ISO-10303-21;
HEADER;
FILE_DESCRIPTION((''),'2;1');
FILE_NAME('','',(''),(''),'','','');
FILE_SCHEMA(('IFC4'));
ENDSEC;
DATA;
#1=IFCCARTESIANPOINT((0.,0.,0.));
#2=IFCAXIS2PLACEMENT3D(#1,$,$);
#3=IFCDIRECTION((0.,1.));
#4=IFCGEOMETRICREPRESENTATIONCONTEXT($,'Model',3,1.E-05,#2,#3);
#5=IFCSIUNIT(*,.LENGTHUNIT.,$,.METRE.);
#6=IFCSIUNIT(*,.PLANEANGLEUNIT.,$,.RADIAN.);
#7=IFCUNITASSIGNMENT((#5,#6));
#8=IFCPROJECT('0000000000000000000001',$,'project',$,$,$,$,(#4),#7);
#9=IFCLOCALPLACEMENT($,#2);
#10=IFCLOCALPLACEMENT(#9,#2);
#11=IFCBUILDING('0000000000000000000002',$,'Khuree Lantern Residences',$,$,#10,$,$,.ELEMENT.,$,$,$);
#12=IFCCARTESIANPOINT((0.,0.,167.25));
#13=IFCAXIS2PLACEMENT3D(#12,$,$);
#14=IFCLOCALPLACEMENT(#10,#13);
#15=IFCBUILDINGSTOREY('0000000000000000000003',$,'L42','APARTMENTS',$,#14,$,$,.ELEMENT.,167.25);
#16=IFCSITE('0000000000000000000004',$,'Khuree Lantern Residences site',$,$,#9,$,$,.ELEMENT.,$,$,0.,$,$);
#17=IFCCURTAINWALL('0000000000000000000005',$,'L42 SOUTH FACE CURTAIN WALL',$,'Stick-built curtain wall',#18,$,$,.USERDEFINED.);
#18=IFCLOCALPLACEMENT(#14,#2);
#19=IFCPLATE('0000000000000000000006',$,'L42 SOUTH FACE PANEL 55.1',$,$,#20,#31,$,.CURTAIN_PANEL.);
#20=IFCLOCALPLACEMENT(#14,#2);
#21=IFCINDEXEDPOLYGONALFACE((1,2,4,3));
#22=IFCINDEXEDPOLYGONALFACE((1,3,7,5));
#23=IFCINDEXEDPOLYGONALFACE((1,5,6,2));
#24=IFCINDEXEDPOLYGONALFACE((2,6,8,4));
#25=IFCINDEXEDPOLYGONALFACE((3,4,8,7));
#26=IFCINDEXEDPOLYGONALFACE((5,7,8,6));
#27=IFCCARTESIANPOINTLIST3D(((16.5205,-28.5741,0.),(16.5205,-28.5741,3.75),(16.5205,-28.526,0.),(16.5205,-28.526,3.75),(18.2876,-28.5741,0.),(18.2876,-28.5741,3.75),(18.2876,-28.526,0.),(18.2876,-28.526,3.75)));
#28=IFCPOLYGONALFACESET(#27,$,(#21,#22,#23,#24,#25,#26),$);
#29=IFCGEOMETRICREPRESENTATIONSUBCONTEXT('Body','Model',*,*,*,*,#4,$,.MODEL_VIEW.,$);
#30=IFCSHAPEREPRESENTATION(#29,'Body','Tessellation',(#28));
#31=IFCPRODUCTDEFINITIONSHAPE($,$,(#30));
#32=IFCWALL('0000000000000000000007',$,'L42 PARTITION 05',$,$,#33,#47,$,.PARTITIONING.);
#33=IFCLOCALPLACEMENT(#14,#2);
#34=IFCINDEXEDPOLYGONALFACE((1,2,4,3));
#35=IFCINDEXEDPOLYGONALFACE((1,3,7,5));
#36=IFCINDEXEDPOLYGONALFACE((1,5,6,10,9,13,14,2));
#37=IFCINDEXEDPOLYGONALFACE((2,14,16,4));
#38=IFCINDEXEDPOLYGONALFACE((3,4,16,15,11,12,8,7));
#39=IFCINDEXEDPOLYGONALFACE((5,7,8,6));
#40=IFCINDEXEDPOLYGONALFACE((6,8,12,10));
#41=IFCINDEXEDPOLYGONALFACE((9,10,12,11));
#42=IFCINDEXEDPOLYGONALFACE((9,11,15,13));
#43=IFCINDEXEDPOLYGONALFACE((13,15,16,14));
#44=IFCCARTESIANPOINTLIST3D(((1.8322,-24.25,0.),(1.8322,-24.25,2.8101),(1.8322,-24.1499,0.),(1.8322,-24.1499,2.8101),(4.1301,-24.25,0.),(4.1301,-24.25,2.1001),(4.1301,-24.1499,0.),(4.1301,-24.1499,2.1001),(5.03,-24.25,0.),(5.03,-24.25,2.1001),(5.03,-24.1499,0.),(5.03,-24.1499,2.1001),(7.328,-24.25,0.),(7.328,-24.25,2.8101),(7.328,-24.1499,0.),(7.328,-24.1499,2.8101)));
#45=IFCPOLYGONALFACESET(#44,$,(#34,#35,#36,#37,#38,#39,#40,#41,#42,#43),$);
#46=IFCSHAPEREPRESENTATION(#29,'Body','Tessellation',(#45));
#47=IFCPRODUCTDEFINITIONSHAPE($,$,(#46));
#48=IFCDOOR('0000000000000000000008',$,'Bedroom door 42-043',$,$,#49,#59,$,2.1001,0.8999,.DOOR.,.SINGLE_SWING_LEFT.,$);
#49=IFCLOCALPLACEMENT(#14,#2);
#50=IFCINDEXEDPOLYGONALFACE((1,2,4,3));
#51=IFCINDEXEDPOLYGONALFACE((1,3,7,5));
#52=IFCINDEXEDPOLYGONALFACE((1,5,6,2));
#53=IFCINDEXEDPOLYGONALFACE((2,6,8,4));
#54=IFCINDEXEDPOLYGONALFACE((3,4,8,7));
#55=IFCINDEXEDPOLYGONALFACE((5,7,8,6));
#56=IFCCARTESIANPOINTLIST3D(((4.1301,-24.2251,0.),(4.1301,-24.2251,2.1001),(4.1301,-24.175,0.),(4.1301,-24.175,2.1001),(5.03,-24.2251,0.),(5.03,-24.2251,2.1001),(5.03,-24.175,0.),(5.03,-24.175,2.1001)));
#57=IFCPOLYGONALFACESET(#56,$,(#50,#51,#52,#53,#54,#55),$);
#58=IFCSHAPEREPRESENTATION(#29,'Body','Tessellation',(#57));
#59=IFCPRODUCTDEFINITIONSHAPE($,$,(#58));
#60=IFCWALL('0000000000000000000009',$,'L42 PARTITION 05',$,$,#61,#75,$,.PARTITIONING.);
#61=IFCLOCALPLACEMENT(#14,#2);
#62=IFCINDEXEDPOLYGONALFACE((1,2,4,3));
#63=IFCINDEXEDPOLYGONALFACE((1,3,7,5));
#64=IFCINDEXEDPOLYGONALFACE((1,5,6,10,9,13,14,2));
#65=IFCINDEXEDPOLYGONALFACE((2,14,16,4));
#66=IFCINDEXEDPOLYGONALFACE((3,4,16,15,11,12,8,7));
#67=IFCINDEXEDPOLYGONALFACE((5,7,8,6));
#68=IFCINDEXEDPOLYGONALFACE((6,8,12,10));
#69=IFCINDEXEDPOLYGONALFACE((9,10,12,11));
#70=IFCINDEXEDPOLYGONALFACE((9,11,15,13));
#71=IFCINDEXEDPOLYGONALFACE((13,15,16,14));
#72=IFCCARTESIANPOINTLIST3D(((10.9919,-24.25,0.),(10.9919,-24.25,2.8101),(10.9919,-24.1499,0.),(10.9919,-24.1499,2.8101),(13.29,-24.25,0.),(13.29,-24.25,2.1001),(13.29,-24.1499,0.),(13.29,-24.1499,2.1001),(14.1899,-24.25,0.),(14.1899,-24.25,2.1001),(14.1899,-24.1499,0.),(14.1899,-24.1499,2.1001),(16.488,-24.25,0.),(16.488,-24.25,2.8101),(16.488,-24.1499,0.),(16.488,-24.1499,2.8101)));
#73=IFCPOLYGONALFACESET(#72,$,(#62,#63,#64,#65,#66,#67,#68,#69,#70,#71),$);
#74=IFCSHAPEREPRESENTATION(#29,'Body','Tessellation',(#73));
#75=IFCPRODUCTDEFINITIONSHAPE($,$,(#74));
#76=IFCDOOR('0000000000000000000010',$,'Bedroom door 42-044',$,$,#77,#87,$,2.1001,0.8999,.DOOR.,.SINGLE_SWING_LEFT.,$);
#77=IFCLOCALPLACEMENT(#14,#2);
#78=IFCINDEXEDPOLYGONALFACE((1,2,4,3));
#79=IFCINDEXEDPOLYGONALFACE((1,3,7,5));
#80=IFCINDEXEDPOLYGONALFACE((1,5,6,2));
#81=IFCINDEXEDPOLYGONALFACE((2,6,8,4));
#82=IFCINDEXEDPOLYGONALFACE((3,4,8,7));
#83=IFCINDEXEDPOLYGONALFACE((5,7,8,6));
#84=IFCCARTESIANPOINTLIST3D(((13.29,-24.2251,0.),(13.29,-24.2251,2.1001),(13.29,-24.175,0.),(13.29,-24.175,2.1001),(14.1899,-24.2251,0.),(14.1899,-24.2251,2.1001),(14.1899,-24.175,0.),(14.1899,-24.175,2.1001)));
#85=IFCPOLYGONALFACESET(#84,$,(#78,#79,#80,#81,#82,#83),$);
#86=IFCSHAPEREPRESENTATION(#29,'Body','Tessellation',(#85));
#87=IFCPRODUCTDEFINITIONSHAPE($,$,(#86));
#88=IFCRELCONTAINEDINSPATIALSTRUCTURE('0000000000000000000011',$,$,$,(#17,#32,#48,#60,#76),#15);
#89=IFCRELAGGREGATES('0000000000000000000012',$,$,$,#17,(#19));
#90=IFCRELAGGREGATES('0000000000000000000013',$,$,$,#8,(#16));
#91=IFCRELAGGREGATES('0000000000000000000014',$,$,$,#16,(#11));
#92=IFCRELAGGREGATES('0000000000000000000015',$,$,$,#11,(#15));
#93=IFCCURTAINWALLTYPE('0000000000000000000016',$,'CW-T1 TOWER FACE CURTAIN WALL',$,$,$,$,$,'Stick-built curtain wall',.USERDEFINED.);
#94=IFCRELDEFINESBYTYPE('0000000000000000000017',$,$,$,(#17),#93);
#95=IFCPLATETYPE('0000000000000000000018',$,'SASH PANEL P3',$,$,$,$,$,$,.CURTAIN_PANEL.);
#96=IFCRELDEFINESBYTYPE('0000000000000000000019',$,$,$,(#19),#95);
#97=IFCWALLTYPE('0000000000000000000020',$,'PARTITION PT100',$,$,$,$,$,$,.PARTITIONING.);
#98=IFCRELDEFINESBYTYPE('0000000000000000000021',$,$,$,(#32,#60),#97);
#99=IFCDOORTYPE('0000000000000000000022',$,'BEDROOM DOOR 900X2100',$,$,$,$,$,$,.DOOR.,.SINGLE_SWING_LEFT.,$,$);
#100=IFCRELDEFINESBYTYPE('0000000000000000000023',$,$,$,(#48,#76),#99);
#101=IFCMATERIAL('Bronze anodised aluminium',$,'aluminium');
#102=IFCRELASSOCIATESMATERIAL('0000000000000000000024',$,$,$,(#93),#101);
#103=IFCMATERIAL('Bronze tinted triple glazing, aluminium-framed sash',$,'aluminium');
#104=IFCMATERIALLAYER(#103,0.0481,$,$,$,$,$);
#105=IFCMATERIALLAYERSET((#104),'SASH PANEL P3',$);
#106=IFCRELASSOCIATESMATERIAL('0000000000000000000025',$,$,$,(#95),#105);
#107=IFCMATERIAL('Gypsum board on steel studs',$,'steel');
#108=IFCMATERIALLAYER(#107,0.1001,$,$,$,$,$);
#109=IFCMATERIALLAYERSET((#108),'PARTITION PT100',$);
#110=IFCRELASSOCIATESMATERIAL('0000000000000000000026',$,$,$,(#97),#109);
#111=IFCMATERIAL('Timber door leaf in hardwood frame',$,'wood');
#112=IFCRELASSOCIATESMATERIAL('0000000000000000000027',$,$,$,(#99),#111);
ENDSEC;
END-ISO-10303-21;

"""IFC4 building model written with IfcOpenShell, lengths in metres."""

from ifc_helpers import new_model, si_unit, direction, frame, frame_2d, origin, origin_2d, place, context, subcontext, project, spatial, rectangle, extrude, material, layer, layer_set, type_object, element, fill, aggregate, save


model = new_model("IFC4")

# Units and contexts
model_context = context("Model", 3, precision=1e-05, world=origin(), true_north=direction((0.0, 1.0)))
body_context = subcontext(model_context, "Body", "Model", "MODEL_VIEW")
ifc_project = project(units=[si_unit("LENGTHUNIT", "METRE"), si_unit("PLANEANGLEUNIT", "RADIAN")], contexts=[model_context])

# Site, building, storey
site_placement = place(None, origin())
site = spatial("IfcSite", under=ifc_project, at=site_placement, Name="Khuree Lantern Residences site", CompositionType="ELEMENT", RefElevation=0.0)
building_placement = place(site_placement, origin())
building = spatial("IfcBuilding", under=site, at=building_placement, Name="Khuree Lantern Residences", CompositionType="ELEMENT")
storey_placement = place(building_placement, frame((0.0, 0.0, 167.25)))
storey = spatial("IfcBuildingStorey", under=building, at=storey_placement, Name="L42", Description="APARTMENTS", CompositionType="ELEMENT", Elevation=167.25)

# Curtain wall
ifc_material_1 = material(Name="Bronze anodised aluminium", Category="aluminium")
curtain_wall_type = type_object("IfcCurtainWallType", Name="CW-T1 TOWER FACE CURTAIN WALL", ElementType="Stick-built curtain wall", PredefinedType="USERDEFINED", material=ifc_material_1)
curtain_wall_placement = place(storey_placement, origin())
curtain_wall = element("IfcCurtainWall", 1, at=curtain_wall_placement, inside=storey, type_object=curtain_wall_type, Name="L42 SOUTH FACE CURTAIN WALL", ObjectType="Stick-built curtain wall", PredefinedType="USERDEFINED")

# Plate
ifc_material_2 = material(Name="Bronze tinted triple glazing, aluminium-framed sash", Category="aluminium")
ifc_layer_1 = layer(ifc_material_2, 0.0481)
ifc_layer_set_1 = layer_set([ifc_layer_1], Name="SASH PANEL P3")
plate_type_1 = type_object("IfcPlateType", Name="SASH PANEL P3", PredefinedType="CURTAIN_PANEL", material=ifc_layer_set_1)
plate_1_placement = place(storey_placement, frame((17.4041, -28.55, 0.0), z_axis=(0.0, 0.0, 1.0), x_axis=(1.0, 0.0, 0.0)))
plate_1 = element("IfcPlate", 2, at=plate_1_placement, type_object=plate_type_1, Name="L42 SOUTH FACE PANEL 55.1", PredefinedType="CURTAIN_PANEL", context=body_context, shape_type="SweptSolid", body=[
    extrude(rectangle(XDim=1.7671, YDim=0.0481, at=origin_2d()), origin(), (0.0, 0.0, 1.0), 3.75),
])
aggregate(curtain_wall, [plate_1])

# Walls, openings, doors
ifc_material_3 = material(Name="Gypsum board on steel studs", Category="steel")
ifc_layer_2 = layer(ifc_material_3, 0.1001)
ifc_layer_set_2 = layer_set([ifc_layer_2], Name="PARTITION PT100")
wall_type = type_object("IfcWallType", Name="PARTITION PT100", PredefinedType="PARTITIONING", material=ifc_layer_set_2)
wall_1_placement = place(storey_placement, frame((1.832, -24.2, 0.0), z_axis=(0.0, 0.0, 1.0), x_axis=(1.0, 0.0, 0.0)))
wall_1 = element("IfcWall", 3, at=wall_1_placement, inside=storey, type_object=wall_type, Name="L42 PARTITION 05", PredefinedType="PARTITIONING", context=body_context, shape_type="SweptSolid", body=[
    extrude(rectangle(XDim=5.4958, YDim=0.1001, at=frame_2d((2.748, 0.0))), origin(), (0.0, 0.0, 1.0), 2.8101),
])
opening_1_placement = place(wall_1_placement, frame((2.2981, 0.0, 0.0)))
opening_1 = element("IfcOpeningElement", 4, at=opening_1_placement, cuts=wall_1, PredefinedType="OPENING", context=body_context, shape_type="SweptSolid", body=[
    extrude(rectangle(XDim=0.8999, YDim=2.1001, at=frame_2d((0.45, 1.05))), frame((0.0, 0.0601, 0.0), z_axis=(0.0, -1.0, 0.0), x_axis=(1.0, 0.0, 0.0)), (0.0, 0.0, 1.0), 0.1201),
])
ifc_material_4 = material(Name="Timber door leaf in hardwood frame", Category="wood")
door_type = type_object("IfcDoorType", Name="BEDROOM DOOR 900X2100", OperationType="SINGLE_SWING_LEFT", PredefinedType="DOOR", material=ifc_material_4)
door_1_placement = place(opening_1_placement, origin())
door_1 = element("IfcDoor", 5, at=door_1_placement, inside=storey, type_object=door_type, Name="Bedroom door 42-043", OperationType="SINGLE_SWING_LEFT", OverallHeight=2.1001, OverallWidth=0.8999, PredefinedType="DOOR", context=body_context, shape_type="SweptSolid", body=[
    extrude(rectangle(XDim=0.8999, YDim=2.1001, at=frame_2d((0.45, 1.05))), frame((0.0, 0.0249, 0.0), z_axis=(0.0, -1.0, 0.0), x_axis=(1.0, 0.0, 0.0)), (0.0, 0.0, 1.0), 0.05),
])
fill(opening_1, door_1)
wall_2_placement = place(storey_placement, frame((10.9919, -24.2, 0.0), z_axis=(0.0, 0.0, 1.0), x_axis=(1.0, 0.0, 0.0)))
wall_2 = element("IfcWall", 6, at=wall_2_placement, inside=storey, type_object=wall_type, Name="L42 PARTITION 05", PredefinedType="PARTITIONING", context=body_context, shape_type="SweptSolid", body=[
    extrude(rectangle(XDim=5.4961, YDim=0.1001, at=frame_2d((2.748, 0.0))), origin(), (0.0, 0.0, 1.0), 2.8101),
])
opening_2_placement = place(wall_2_placement, frame((2.2981, 0.0, 0.0)))
opening_2 = element("IfcOpeningElement", 7, at=opening_2_placement, cuts=wall_2, PredefinedType="OPENING", context=body_context, shape_type="SweptSolid", body=[
    extrude(rectangle(XDim=0.8999, YDim=2.1001, at=frame_2d((0.45, 1.05))), frame((0.0, 0.0601, 0.0), z_axis=(0.0, -1.0, 0.0), x_axis=(1.0, 0.0, 0.0)), (0.0, 0.0, 1.0), 0.1201),
])
door_2_placement = place(opening_2_placement, origin())
door_2 = element("IfcDoor", 8, at=door_2_placement, inside=storey, type_object=door_type, Name="Bedroom door 42-044", OperationType="SINGLE_SWING_LEFT", OverallHeight=2.1001, OverallWidth=0.8999, PredefinedType="DOOR", context=body_context, shape_type="SweptSolid", body=[
    extrude(rectangle(XDim=0.8999, YDim=2.1001, at=frame_2d((0.45, 1.05))), frame((0.0, 0.0249, 0.0), z_axis=(0.0, -1.0, 0.0), x_axis=(1.0, 0.0, 0.0)), (0.0, 0.0, 1.0), 0.05),
])
fill(opening_2, door_2)

save(model, "model.ifc")
